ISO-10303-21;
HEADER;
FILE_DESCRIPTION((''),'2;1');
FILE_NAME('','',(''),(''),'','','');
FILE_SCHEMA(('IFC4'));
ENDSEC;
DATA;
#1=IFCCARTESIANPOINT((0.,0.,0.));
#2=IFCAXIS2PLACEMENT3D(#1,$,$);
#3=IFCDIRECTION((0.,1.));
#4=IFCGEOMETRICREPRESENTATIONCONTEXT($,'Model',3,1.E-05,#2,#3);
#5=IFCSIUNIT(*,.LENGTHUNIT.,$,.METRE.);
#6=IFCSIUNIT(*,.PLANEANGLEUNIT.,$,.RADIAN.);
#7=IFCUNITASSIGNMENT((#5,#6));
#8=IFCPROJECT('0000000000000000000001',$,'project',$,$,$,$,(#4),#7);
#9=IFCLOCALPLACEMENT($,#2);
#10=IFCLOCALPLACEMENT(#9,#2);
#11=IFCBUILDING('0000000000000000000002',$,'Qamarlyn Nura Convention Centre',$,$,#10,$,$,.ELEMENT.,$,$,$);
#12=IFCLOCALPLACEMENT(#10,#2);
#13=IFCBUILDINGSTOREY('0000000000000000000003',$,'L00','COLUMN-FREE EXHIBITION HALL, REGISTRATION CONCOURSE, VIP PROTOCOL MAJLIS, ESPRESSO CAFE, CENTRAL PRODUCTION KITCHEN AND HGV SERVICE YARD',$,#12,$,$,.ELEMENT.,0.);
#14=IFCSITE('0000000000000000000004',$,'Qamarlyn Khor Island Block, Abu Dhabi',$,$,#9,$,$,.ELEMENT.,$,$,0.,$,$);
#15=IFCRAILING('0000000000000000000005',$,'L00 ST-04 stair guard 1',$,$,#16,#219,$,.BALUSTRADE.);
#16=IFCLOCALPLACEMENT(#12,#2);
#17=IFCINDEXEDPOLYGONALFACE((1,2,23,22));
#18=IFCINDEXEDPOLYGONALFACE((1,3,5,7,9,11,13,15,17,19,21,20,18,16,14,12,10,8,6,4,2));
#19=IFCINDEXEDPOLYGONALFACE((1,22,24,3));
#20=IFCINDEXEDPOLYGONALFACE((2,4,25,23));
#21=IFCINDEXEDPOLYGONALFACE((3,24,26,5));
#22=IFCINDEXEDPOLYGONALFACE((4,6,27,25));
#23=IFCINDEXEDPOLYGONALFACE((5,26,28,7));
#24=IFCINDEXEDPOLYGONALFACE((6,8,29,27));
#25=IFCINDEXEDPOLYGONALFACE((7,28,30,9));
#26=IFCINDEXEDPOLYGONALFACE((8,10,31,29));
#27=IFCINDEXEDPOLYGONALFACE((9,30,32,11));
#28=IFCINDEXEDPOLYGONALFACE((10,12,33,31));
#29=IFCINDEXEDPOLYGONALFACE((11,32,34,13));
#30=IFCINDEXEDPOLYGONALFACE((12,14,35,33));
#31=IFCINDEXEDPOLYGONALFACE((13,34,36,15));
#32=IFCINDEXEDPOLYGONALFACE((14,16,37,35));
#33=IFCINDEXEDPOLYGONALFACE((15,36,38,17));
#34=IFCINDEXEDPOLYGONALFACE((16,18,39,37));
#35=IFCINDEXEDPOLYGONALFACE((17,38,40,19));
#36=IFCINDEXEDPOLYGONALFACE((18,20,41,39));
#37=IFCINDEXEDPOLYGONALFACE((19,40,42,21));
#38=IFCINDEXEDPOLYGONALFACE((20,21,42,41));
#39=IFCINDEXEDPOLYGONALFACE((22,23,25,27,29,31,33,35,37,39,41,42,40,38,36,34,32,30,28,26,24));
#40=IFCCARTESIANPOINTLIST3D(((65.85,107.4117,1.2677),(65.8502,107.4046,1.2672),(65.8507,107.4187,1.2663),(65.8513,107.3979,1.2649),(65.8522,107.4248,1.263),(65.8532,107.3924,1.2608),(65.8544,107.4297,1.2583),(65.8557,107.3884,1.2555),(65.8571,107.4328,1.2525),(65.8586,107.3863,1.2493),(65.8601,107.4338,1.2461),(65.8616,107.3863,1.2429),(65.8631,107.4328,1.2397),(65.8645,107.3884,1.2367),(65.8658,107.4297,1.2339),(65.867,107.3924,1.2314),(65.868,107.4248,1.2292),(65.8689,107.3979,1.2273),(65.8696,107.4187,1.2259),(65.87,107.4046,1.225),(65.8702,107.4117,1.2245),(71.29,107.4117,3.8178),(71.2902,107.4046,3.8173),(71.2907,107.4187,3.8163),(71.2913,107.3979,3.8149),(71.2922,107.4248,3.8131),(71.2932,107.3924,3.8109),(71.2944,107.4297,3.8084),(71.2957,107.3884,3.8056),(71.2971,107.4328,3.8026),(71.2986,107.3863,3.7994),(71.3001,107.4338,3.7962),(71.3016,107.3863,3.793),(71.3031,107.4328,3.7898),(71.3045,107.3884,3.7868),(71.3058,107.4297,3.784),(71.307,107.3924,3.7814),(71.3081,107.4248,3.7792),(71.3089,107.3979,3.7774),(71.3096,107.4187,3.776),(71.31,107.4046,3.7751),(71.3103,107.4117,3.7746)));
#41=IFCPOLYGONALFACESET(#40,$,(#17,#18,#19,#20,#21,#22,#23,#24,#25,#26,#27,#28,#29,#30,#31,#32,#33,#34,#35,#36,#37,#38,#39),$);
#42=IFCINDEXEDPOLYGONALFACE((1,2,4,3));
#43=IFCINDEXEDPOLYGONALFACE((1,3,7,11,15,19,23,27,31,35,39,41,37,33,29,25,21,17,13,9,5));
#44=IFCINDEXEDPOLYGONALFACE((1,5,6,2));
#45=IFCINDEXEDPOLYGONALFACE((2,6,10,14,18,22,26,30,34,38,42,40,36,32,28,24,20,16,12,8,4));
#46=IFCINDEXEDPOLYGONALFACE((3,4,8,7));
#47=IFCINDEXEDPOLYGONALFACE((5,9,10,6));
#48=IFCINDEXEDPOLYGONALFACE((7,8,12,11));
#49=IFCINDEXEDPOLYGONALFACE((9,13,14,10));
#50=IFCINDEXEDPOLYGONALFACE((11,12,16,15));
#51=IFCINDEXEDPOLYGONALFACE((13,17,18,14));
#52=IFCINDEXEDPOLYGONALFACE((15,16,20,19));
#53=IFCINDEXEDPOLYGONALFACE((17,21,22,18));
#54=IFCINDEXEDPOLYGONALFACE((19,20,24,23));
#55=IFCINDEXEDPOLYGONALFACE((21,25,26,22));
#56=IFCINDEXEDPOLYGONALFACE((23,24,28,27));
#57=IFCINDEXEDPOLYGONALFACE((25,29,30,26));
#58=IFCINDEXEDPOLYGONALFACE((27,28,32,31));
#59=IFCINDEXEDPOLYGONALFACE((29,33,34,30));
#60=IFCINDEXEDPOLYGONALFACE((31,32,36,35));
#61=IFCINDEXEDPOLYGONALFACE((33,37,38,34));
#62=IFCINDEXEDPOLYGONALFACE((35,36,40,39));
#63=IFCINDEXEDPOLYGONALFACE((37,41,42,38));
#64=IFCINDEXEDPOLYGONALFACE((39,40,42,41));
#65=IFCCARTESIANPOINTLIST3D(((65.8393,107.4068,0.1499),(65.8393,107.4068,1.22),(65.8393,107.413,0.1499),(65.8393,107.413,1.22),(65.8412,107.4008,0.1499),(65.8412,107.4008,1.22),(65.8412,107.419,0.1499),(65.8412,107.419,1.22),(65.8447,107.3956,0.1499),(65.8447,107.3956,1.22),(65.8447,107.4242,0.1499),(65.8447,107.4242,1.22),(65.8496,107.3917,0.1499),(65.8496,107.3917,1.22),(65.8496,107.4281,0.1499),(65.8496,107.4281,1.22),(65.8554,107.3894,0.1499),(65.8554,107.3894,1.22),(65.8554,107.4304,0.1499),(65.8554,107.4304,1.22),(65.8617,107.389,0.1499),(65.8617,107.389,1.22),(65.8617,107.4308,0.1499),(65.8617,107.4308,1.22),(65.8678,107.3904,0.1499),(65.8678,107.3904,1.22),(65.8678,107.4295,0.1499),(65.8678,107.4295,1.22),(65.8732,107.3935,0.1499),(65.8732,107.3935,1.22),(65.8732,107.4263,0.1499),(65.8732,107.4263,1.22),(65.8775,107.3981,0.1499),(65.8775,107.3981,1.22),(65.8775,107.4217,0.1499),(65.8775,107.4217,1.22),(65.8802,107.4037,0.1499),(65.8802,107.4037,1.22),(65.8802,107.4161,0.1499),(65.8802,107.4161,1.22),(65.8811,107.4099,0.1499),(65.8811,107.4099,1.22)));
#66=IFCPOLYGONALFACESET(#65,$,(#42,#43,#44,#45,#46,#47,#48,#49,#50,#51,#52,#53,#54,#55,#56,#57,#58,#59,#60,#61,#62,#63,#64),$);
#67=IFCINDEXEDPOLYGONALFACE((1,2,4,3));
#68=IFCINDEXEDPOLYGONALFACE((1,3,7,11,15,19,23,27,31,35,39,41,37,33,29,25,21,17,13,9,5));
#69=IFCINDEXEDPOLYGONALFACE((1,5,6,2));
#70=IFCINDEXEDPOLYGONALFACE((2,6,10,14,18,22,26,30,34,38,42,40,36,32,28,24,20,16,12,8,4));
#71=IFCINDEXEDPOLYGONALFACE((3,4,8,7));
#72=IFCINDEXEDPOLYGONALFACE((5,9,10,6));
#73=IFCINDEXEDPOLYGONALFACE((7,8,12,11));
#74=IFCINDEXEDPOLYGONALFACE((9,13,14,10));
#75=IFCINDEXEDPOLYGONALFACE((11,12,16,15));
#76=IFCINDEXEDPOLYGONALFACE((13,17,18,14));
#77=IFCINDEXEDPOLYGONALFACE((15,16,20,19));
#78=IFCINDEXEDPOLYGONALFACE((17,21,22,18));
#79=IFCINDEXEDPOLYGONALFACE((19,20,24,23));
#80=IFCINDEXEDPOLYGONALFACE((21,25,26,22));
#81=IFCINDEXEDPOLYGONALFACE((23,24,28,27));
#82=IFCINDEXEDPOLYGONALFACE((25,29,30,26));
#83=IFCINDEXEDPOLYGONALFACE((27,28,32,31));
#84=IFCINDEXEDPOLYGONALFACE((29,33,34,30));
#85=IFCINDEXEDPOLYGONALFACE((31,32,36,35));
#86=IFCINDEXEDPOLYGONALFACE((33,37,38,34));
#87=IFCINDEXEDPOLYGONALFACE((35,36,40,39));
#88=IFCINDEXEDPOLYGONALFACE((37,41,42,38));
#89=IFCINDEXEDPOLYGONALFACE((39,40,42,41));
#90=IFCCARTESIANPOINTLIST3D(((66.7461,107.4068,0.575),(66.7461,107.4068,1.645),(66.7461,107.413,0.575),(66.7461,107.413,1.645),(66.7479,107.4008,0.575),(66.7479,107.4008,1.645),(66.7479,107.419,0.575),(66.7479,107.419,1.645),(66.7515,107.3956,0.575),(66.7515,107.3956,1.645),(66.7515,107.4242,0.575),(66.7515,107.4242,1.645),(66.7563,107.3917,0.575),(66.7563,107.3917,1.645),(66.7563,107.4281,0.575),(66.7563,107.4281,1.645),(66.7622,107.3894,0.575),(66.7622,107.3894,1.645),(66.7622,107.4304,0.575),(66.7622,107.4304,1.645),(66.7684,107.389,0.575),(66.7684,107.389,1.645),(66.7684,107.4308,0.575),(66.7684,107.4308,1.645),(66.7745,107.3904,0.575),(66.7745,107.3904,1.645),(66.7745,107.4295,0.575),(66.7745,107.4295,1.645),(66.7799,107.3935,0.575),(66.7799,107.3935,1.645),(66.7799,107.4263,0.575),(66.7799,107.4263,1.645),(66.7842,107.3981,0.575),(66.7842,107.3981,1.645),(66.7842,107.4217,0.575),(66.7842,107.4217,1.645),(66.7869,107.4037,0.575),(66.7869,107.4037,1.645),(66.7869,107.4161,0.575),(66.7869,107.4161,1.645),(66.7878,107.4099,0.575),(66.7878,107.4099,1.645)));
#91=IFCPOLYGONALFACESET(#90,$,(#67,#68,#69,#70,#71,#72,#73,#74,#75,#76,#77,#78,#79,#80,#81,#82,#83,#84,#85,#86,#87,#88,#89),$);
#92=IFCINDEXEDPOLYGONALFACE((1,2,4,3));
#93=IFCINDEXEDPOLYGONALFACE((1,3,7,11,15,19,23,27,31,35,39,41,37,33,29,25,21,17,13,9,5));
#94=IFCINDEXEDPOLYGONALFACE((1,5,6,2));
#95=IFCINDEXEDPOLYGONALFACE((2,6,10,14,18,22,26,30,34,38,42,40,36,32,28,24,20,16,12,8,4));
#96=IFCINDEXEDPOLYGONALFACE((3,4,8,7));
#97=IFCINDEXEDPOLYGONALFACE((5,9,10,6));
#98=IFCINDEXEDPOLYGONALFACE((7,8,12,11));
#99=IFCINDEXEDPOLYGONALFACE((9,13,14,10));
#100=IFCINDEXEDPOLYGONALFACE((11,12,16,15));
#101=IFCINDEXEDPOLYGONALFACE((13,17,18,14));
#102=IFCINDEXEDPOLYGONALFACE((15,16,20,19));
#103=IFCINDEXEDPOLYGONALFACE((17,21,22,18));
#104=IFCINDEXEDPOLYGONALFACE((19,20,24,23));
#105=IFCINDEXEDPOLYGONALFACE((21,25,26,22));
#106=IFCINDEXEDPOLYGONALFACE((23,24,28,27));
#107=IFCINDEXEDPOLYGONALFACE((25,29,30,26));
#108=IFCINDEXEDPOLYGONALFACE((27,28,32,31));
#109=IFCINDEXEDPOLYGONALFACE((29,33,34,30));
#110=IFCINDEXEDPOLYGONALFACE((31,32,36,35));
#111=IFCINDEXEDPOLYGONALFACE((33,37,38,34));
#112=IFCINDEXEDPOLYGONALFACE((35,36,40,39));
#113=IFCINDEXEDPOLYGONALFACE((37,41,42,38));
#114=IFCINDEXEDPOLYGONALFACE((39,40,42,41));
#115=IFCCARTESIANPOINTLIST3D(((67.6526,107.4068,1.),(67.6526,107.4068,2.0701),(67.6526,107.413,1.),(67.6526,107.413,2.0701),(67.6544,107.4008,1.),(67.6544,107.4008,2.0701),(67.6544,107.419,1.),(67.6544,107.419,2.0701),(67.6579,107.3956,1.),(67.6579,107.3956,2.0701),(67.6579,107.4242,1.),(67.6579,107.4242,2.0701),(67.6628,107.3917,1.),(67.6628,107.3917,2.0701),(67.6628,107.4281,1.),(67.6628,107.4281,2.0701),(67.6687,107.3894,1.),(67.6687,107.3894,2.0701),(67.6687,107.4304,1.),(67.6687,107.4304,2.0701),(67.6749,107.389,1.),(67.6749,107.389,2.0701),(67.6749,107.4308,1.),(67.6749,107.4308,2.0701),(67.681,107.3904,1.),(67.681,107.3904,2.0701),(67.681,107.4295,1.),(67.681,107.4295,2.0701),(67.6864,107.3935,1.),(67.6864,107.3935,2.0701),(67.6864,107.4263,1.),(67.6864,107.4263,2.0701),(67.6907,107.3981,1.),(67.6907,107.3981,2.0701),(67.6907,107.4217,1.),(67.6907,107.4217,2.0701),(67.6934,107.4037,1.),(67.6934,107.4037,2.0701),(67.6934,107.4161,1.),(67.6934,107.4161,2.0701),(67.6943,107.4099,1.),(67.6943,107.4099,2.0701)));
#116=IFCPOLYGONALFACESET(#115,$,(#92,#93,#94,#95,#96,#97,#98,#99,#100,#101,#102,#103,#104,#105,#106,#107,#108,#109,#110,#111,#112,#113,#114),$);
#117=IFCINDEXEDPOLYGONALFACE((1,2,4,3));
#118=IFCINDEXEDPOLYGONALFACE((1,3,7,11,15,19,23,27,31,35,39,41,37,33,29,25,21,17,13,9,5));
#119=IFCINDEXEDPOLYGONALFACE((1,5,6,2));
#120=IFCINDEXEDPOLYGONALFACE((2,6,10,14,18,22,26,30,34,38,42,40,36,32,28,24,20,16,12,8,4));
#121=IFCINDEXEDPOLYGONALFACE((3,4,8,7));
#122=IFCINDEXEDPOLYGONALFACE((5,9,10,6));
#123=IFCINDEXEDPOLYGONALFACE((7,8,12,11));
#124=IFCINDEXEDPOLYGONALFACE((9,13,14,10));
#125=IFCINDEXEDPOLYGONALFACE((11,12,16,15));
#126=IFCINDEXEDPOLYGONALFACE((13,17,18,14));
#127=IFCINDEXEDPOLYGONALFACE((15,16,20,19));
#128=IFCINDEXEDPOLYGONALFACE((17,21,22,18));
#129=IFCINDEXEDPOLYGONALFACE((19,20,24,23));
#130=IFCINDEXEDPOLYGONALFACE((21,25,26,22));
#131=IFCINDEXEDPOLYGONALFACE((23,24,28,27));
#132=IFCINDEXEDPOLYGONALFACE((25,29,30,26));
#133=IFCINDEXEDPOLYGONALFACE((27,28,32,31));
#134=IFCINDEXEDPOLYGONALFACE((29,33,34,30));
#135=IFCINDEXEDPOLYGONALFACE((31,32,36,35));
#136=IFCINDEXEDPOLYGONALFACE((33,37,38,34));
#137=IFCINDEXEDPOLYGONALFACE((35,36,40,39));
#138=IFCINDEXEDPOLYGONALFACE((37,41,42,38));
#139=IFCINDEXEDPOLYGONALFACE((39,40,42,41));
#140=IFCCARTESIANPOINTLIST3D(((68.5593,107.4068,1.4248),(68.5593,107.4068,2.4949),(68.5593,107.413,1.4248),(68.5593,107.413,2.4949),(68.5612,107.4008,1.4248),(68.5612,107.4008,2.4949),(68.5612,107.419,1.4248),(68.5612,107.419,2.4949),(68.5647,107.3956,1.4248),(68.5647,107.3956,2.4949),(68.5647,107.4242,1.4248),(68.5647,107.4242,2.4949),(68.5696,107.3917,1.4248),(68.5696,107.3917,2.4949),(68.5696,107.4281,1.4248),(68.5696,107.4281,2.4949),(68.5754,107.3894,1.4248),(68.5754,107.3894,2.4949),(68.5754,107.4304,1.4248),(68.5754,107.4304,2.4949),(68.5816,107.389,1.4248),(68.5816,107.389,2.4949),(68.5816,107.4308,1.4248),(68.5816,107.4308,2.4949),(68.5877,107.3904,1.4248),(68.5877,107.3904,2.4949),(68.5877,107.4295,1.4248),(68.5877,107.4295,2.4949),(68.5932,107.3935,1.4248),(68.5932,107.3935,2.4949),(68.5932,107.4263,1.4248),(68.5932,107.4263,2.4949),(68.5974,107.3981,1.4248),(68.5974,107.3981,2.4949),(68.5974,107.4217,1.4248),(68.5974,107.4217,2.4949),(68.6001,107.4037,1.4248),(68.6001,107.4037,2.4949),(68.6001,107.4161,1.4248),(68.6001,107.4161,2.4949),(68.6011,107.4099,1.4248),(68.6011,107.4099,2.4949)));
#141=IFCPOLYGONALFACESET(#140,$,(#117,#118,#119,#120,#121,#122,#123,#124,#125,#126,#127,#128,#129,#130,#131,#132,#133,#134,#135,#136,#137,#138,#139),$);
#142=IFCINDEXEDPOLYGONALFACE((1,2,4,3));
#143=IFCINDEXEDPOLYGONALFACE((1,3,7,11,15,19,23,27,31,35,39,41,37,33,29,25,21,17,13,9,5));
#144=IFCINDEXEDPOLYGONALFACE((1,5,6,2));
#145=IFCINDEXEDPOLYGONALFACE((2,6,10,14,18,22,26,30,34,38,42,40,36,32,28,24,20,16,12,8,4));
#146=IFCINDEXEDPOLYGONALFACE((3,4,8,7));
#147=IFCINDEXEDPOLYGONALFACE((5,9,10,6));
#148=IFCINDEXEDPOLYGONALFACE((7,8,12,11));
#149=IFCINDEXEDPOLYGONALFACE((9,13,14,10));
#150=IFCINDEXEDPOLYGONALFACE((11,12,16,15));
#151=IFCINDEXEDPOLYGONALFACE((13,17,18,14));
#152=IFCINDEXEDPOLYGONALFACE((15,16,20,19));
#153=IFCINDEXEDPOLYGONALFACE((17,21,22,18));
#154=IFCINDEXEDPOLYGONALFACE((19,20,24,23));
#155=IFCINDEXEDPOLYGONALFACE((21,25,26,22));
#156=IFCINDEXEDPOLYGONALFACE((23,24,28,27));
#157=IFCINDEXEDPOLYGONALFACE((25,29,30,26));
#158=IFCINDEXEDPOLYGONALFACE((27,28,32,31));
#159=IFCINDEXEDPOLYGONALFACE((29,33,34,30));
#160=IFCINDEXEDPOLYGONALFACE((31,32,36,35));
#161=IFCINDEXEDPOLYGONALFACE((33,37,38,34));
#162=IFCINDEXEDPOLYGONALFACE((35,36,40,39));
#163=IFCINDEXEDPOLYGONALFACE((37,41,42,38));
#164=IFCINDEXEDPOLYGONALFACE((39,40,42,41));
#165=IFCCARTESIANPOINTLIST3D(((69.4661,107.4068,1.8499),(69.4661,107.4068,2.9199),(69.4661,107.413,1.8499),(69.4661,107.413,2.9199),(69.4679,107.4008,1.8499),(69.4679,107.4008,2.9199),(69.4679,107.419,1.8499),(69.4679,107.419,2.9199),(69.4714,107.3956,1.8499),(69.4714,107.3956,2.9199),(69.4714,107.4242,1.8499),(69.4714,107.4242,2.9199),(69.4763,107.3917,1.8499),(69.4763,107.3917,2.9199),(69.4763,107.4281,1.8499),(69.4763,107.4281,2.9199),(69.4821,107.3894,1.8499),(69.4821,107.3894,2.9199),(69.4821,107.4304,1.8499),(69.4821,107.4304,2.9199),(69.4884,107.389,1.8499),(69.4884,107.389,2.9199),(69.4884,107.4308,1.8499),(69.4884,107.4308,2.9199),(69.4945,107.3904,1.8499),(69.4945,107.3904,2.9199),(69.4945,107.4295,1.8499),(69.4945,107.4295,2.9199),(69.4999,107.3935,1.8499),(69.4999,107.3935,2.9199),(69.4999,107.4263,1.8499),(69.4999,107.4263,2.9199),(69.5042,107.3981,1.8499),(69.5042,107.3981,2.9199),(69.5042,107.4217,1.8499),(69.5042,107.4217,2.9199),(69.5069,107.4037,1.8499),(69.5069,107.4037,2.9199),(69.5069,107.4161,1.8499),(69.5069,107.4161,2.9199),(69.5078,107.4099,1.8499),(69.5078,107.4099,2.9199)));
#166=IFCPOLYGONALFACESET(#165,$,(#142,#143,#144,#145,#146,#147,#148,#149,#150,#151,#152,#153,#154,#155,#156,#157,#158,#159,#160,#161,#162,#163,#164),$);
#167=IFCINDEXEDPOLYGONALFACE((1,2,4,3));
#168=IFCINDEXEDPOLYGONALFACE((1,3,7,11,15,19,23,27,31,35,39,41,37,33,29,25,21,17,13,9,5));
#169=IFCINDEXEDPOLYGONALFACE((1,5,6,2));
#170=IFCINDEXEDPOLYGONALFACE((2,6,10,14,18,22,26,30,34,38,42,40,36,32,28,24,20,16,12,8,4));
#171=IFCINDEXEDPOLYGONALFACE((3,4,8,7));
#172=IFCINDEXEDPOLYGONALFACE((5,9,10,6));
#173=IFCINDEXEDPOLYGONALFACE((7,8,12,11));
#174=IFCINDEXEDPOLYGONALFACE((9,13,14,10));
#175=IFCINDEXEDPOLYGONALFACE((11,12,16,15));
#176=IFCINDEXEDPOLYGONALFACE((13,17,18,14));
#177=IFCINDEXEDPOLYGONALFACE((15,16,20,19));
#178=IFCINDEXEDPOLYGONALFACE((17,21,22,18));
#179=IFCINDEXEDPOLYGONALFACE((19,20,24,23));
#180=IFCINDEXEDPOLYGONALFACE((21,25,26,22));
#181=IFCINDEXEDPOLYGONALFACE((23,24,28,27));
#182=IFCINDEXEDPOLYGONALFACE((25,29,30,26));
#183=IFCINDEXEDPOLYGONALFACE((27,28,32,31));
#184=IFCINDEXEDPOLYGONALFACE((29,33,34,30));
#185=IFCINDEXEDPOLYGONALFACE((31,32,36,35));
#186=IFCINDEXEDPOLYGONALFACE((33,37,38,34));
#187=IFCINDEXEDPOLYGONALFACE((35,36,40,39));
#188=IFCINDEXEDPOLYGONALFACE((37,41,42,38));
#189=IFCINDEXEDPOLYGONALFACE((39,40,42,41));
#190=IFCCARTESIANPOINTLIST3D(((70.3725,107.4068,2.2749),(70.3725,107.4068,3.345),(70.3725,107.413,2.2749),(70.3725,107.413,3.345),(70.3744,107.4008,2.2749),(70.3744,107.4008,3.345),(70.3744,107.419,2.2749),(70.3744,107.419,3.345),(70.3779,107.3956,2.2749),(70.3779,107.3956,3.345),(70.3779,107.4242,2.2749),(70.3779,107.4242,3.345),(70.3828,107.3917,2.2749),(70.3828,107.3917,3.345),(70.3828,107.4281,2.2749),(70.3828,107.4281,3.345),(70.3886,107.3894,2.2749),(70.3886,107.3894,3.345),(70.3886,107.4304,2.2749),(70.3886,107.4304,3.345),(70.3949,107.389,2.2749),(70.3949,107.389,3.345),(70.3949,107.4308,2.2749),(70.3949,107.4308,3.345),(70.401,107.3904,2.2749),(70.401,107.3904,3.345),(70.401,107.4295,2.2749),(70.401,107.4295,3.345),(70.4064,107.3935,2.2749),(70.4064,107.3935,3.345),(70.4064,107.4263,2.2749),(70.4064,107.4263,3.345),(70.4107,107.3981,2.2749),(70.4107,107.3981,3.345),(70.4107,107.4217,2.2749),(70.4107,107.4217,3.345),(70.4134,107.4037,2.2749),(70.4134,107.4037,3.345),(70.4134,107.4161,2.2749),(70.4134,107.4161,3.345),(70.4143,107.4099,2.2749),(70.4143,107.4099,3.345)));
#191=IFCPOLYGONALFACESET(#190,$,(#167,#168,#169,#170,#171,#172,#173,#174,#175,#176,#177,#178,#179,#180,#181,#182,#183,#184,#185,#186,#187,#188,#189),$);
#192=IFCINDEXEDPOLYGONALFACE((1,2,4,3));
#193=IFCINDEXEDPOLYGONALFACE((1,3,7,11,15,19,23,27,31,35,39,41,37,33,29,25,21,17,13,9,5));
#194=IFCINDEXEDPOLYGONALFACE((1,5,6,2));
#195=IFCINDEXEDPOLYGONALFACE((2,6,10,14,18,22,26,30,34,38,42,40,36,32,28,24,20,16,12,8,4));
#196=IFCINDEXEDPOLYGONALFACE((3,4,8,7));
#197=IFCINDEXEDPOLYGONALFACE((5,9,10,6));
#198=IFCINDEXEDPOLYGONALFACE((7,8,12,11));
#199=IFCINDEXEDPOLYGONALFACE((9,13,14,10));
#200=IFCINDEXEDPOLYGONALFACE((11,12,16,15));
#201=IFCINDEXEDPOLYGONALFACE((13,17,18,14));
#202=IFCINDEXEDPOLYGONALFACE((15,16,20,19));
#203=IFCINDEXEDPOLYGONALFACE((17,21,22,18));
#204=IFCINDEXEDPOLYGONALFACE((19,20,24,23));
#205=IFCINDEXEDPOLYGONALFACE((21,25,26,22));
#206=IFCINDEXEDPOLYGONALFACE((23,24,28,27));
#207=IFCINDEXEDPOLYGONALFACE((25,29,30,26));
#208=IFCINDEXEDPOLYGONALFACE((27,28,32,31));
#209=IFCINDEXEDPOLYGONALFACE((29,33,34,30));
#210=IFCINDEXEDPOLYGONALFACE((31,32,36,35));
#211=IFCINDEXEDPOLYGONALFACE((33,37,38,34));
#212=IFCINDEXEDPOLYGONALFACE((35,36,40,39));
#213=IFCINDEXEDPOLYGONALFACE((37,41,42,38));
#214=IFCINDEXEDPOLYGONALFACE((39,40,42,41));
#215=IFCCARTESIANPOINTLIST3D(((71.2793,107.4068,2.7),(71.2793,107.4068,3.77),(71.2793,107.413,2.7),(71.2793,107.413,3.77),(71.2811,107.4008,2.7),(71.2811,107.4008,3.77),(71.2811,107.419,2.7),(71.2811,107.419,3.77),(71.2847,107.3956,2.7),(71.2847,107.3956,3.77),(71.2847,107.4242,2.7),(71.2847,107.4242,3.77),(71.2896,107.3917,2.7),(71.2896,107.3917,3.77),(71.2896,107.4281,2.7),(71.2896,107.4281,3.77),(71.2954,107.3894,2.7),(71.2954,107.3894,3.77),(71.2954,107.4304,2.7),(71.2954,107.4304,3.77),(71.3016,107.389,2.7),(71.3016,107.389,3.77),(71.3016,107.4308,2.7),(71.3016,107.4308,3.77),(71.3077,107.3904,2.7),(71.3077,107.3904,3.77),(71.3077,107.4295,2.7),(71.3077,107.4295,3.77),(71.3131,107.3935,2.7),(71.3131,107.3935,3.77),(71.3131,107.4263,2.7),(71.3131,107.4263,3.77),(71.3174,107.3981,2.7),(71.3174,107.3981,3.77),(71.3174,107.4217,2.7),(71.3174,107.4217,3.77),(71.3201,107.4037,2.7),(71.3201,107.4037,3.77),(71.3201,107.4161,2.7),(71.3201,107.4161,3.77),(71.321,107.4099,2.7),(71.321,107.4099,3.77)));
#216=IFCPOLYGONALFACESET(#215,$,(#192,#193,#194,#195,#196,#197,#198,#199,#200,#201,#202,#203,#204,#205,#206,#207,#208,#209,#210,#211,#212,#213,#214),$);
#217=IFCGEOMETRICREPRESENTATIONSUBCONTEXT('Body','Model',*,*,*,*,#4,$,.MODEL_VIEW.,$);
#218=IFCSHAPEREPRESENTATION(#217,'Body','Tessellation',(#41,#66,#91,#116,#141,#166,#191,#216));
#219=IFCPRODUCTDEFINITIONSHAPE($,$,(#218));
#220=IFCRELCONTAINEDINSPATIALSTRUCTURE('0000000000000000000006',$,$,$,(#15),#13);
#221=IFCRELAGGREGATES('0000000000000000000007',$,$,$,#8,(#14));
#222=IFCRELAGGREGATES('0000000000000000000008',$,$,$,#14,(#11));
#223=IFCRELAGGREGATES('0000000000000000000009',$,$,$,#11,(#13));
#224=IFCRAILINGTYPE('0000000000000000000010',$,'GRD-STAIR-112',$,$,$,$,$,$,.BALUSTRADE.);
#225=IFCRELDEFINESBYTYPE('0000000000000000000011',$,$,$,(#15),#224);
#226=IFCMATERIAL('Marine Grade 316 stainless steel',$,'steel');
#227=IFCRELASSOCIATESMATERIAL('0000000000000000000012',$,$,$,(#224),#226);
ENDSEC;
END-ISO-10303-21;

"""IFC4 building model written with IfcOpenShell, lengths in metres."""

from ifc_helpers import new_model, si_unit, direction, frame, origin, origin_2d, place, context, subcontext, project, spatial, circle, extrude, material, type_object, element, save


model = new_model("IFC4")

# Units and contexts
model_context = context("Model", 3, precision=1e-05, world=origin(), true_north=direction((0.0, 1.0)))
body_context = subcontext(model_context, "Body", "Model", "MODEL_VIEW")
ifc_project = project(units=[si_unit("LENGTHUNIT", "METRE"), si_unit("PLANEANGLEUNIT", "RADIAN")], contexts=[model_context])

# Site, building, storey
site_placement = place(None, origin())
site = spatial("IfcSite", under=ifc_project, at=site_placement, Name="Qamarlyn Khor Island Block, Abu Dhabi", CompositionType="ELEMENT", RefElevation=0.0)
building_placement = place(site_placement, origin())
building = spatial("IfcBuilding", under=site, at=building_placement, Name="Qamarlyn Nura Convention Centre", CompositionType="ELEMENT")
storey_placement = place(building_placement, origin())
storey = spatial("IfcBuildingStorey", under=building, at=storey_placement, Name="L00", Description="COLUMN-FREE EXHIBITION HALL, REGISTRATION CONCOURSE, VIP PROTOCOL MAJLIS, ESPRESSO CAFE, CENTRAL PRODUCTION KITCHEN AND HGV SERVICE YARD", CompositionType="ELEMENT", Elevation=0.0)

# Railing
ifc_material_1 = material(Name="Marine Grade 316 stainless steel", Category="steel")
railing_type_1 = type_object("IfcRailingType", Name="GRD-STAIR-112", PredefinedType="BALUSTRADE", material=ifc_material_1)
for number, where, name in (
    (1, (65.8601, 107.4099, 0.1499), "L00 ST-04 stair guard 1"),
):
    element("IfcRailing", number, at=place(storey_placement, frame(where)), inside=storey, type_object=railing_type_1, Name=name, PredefinedType="BALUSTRADE", context=body_context, shape_type="SweptSolid", body=[
        extrude(circle(Radius=0.0239, at=origin_2d()), frame((0.0, 0.0, 1.0962), z_axis=(0.905454, 0.0, 0.424444), x_axis=(0.0, 1.0, 0.0)), (0.0, 0.0, 1.0), 6.0081),
        extrude(circle(Radius=0.021, at=origin_2d()), origin(), (0.0, 0.0, 1.0), 1.0701),
        extrude(circle(Radius=0.021, at=origin_2d()), frame((0.9067, 0.0, 0.425)), (0.0, 0.0, 1.0), 1.0701),
        extrude(circle(Radius=0.021, at=origin_2d()), frame((1.8132, 0.0, 0.8501)), (0.0, 0.0, 1.0), 1.0701),
        extrude(circle(Radius=0.021, at=origin_2d()), frame((2.72, 0.0, 1.2749)), (0.0, 0.0, 1.0), 1.0701),
        extrude(circle(Radius=0.021, at=origin_2d()), frame((3.6267, 0.0, 1.7)), (0.0, 0.0, 1.0), 1.0701),
        extrude(circle(Radius=0.021, at=origin_2d()), frame((4.5332, 0.0, 2.125)), (0.0, 0.0, 1.0), 1.0701),
        extrude(circle(Radius=0.021, at=origin_2d()), frame((5.4399, 0.0, 2.55)), (0.0, 0.0, 1.0), 1.0701),
    ])

save(model, "model.ifc")
